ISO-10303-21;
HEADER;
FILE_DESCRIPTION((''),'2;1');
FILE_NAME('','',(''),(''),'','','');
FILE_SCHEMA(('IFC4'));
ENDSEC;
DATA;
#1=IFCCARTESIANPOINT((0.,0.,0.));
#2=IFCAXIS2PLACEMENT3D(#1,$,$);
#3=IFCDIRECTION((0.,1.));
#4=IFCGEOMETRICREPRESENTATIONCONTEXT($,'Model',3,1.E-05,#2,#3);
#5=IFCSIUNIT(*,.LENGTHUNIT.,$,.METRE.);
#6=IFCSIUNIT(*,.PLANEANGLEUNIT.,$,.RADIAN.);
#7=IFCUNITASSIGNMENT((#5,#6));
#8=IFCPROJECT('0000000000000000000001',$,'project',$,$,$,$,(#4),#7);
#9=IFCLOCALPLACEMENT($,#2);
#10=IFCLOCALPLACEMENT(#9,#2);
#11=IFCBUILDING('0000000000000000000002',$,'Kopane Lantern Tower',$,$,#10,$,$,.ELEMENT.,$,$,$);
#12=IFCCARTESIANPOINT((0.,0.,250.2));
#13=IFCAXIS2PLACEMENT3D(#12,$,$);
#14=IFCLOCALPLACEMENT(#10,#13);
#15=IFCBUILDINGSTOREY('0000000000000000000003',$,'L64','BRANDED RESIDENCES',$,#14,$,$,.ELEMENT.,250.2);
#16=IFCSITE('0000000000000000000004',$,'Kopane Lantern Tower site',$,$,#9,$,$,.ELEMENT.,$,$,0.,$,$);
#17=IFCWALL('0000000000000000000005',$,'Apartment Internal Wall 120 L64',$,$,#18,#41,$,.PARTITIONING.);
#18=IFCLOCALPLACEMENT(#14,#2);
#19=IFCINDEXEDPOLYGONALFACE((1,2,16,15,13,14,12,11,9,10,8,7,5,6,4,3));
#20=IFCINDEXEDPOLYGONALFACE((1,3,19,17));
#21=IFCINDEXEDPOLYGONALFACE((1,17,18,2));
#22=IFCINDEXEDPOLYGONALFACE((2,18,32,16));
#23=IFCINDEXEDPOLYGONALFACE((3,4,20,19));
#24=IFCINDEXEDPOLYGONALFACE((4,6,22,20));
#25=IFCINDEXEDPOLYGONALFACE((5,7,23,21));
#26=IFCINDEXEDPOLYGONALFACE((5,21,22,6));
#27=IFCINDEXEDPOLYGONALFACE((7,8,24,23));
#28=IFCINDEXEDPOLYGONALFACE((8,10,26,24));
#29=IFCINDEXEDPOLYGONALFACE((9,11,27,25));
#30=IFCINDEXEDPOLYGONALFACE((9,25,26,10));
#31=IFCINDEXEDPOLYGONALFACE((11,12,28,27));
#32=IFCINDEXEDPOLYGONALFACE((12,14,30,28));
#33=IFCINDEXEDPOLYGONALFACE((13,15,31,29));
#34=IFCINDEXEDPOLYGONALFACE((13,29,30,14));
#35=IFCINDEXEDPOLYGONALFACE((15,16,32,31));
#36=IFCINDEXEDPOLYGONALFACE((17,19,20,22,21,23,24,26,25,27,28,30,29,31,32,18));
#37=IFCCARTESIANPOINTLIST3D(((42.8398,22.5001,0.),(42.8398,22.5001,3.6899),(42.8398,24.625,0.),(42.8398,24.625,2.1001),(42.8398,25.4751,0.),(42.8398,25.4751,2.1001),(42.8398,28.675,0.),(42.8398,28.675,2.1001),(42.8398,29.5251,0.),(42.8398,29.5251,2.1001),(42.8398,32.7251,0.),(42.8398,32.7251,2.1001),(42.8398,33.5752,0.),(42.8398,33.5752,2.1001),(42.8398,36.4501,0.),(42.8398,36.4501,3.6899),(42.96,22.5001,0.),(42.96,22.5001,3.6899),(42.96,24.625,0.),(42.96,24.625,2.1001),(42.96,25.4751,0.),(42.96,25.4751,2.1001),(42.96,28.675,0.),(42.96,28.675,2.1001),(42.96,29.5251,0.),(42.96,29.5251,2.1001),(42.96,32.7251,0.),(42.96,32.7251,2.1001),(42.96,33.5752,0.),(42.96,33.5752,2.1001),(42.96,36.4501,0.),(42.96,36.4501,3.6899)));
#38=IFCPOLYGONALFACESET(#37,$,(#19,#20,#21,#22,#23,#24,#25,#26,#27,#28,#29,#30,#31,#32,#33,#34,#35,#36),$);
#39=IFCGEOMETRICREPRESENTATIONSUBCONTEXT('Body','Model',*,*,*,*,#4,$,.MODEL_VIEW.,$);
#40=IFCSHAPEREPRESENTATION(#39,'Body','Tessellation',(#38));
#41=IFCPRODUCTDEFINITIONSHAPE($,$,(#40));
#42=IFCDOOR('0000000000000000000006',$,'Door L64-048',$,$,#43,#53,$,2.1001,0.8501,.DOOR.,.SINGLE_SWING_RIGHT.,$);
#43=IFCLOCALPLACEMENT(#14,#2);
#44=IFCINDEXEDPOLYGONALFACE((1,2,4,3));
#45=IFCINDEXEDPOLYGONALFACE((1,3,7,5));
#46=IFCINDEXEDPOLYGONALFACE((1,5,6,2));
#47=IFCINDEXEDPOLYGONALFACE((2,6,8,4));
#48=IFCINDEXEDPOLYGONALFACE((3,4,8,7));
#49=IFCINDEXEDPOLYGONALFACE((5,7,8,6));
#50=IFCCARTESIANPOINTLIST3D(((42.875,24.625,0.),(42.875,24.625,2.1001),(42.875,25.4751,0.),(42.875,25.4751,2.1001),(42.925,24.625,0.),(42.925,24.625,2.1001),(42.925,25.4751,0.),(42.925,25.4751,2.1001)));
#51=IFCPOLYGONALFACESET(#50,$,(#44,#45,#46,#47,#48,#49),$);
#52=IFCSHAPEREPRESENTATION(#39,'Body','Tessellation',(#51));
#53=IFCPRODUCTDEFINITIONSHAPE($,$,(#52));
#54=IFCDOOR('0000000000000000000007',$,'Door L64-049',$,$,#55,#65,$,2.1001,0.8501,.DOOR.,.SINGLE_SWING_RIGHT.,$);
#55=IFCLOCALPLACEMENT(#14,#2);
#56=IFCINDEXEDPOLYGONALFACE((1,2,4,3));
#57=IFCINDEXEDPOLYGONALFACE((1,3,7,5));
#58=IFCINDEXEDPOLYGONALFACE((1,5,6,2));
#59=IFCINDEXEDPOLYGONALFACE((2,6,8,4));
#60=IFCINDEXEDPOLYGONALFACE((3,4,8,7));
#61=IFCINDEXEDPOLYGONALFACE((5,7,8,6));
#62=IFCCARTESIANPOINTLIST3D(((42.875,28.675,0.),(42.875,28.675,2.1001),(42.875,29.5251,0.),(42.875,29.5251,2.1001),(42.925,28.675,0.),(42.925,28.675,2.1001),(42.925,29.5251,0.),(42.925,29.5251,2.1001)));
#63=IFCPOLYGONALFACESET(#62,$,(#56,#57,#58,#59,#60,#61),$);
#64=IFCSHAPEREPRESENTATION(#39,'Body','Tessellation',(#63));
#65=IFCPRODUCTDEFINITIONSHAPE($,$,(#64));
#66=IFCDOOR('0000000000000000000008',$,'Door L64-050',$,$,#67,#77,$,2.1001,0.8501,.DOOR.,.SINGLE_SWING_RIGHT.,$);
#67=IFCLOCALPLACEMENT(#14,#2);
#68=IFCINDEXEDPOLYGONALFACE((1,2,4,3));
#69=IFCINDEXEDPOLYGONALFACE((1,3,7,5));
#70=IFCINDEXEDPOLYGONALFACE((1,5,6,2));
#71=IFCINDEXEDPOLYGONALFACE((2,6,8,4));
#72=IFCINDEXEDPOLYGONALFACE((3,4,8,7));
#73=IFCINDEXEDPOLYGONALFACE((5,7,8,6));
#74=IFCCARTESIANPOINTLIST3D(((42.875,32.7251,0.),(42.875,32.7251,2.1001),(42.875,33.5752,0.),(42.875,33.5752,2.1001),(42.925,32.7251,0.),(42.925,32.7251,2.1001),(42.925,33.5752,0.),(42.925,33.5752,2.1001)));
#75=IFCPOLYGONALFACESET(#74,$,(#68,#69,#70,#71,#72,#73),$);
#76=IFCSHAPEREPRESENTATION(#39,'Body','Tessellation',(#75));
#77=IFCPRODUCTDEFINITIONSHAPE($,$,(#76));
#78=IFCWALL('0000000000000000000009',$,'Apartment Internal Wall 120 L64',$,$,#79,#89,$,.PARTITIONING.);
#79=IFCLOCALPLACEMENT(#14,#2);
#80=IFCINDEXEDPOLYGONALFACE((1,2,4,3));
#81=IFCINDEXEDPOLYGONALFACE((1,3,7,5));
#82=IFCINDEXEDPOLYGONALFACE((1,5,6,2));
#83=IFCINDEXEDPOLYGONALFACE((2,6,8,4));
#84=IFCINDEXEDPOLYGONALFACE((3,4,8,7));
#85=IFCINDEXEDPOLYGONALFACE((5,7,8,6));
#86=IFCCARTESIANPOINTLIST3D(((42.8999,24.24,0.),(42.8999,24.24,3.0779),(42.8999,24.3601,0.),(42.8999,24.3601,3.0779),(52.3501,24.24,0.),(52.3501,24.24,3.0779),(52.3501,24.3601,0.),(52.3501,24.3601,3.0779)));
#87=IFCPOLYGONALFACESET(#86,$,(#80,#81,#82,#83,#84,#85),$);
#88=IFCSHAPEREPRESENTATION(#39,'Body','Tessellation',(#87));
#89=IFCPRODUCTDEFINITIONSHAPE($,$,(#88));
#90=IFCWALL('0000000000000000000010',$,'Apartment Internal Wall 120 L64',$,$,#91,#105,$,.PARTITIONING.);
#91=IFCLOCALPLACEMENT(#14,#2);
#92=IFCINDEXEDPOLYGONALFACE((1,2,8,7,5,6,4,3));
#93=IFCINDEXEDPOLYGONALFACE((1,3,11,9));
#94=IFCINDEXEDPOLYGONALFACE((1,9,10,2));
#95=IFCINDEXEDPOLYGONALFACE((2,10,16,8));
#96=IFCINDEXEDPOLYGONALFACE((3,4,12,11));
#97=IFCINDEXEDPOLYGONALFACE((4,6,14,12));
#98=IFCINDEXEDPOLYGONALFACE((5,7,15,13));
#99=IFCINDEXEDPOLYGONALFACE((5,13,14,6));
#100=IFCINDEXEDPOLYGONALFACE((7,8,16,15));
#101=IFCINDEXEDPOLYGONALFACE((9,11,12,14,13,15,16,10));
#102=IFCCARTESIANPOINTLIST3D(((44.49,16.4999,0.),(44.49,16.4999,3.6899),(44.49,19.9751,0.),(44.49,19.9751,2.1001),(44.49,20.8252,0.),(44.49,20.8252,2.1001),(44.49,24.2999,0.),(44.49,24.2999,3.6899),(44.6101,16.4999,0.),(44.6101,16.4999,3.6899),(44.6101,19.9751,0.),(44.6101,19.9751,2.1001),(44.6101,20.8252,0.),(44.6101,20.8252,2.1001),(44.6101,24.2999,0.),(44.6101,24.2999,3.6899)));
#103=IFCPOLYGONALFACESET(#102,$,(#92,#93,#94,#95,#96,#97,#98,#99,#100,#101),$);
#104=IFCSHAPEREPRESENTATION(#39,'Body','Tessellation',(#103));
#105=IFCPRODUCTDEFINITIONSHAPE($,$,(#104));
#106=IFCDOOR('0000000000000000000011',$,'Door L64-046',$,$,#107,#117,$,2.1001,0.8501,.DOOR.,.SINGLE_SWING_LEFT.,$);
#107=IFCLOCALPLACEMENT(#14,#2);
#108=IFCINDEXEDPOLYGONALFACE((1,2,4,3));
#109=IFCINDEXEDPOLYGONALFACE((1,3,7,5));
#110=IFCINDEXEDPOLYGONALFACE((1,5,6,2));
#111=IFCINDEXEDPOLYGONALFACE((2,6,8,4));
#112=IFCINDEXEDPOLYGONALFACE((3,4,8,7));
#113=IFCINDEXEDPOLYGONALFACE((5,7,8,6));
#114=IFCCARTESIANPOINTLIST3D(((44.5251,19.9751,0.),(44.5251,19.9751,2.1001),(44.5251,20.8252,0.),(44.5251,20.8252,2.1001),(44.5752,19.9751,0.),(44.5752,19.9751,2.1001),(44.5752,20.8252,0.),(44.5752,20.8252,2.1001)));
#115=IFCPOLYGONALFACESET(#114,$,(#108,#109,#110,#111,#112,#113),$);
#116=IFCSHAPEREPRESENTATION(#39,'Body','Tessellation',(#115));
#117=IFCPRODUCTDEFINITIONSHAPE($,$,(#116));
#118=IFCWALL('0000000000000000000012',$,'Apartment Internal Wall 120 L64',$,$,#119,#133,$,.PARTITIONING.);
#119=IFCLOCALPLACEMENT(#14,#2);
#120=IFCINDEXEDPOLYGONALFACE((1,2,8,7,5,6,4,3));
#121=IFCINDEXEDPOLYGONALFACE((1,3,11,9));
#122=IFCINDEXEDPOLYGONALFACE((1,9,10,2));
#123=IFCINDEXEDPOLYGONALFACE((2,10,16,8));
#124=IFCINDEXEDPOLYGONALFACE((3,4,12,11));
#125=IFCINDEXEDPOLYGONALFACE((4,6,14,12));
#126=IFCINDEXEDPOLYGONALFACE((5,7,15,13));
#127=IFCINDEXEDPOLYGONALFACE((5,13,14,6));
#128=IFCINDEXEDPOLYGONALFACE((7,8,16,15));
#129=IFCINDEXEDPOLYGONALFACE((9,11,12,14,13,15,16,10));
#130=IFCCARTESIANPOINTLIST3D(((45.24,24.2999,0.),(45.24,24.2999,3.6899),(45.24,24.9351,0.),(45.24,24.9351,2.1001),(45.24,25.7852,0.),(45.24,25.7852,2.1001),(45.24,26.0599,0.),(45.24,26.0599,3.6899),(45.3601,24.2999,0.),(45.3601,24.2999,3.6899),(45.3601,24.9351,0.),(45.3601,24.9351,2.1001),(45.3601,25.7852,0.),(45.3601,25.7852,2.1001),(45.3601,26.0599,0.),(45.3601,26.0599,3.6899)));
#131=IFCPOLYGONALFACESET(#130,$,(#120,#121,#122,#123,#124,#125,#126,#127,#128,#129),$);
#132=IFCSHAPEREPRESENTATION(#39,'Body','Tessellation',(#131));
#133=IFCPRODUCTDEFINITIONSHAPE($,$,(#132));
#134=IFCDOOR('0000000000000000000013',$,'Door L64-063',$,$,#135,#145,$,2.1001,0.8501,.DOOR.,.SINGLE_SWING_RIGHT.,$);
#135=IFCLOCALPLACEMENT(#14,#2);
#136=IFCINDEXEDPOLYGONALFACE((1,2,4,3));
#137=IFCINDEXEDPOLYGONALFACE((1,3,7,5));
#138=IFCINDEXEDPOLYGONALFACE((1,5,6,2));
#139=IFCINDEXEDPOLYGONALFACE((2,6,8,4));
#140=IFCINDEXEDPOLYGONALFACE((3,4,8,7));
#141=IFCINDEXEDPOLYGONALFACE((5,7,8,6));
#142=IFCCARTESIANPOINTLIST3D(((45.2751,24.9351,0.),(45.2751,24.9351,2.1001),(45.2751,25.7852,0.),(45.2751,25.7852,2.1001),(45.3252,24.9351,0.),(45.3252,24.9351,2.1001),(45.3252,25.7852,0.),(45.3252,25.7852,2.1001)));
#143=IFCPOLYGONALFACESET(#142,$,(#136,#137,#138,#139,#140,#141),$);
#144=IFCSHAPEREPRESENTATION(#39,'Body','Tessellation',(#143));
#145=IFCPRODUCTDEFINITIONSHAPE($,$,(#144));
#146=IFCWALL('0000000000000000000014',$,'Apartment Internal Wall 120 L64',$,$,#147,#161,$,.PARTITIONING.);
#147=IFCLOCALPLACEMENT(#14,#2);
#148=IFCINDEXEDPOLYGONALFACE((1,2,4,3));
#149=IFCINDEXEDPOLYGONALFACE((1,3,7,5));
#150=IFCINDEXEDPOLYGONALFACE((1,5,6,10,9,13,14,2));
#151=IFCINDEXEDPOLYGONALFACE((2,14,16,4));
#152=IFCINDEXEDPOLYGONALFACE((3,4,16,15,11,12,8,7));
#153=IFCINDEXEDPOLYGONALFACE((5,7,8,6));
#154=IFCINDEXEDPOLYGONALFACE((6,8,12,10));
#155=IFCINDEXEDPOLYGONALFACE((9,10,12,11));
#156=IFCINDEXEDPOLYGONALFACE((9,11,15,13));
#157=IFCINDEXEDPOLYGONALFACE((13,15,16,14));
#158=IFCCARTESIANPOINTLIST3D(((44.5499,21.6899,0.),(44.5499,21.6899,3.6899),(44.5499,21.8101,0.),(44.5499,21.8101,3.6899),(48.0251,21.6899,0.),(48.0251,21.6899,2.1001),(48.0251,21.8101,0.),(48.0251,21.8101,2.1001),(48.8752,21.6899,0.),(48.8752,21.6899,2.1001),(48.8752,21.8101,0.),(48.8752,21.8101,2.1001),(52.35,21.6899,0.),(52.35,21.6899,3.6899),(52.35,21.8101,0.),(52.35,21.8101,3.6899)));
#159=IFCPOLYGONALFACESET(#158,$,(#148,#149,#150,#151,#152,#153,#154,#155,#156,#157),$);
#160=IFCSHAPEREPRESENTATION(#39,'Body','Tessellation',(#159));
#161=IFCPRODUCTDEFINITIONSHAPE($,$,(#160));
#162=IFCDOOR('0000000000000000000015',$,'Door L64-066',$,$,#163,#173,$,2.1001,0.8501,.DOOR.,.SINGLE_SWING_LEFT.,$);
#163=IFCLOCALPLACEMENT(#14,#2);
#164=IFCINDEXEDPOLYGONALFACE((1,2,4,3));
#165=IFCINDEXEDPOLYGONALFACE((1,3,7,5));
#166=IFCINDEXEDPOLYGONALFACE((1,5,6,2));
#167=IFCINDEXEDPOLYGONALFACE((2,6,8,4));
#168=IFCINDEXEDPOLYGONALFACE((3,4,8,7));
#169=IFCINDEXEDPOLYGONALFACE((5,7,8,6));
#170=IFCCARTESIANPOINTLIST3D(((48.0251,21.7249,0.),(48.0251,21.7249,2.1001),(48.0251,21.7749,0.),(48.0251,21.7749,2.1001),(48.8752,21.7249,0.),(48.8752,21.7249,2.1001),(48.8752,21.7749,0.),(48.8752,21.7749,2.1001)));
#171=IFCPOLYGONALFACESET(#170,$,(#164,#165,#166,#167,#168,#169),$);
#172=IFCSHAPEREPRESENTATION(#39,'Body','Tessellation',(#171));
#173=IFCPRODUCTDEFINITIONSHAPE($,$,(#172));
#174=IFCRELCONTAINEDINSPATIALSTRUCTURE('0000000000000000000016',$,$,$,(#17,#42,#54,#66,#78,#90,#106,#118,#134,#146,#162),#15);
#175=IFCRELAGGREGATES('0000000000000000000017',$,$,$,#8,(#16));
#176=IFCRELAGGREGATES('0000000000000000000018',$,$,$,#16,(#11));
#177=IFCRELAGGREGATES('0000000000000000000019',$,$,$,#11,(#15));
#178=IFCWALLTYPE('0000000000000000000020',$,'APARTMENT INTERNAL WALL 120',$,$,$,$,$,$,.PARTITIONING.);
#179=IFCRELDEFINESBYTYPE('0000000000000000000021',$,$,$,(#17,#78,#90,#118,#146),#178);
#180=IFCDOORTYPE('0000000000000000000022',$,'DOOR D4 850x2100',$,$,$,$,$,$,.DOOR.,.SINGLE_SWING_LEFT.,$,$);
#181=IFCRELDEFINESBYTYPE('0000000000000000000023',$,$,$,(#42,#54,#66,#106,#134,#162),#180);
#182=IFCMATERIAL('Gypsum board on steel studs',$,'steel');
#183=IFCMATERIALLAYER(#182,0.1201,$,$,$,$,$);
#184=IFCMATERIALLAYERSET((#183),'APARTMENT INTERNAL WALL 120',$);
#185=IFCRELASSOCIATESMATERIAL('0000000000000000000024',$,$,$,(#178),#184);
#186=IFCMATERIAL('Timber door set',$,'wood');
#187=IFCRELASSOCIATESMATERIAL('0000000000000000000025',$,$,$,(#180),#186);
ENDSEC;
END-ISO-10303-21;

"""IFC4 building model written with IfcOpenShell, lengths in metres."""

from ifc_helpers import new_model, si_unit, direction, frame, frame_2d, origin, place, context, subcontext, project, spatial, rectangle, extrude, material, layer, layer_set, type_object, element, fill, save


model = new_model("IFC4")

# Units and contexts
model_context = context("Model", 3, precision=1e-05, world=origin(), true_north=direction((0.0, 1.0)))
body_context = subcontext(model_context, "Body", "Model", "MODEL_VIEW")
ifc_project = project(units=[si_unit("LENGTHUNIT", "METRE"), si_unit("PLANEANGLEUNIT", "RADIAN")], contexts=[model_context])

# Site, building, storey
site_placement = place(None, origin())
site = spatial("IfcSite", under=ifc_project, at=site_placement, Name="Kopane Lantern Tower site", CompositionType="ELEMENT", RefElevation=0.0)
building_placement = place(site_placement, origin())
building = spatial("IfcBuilding", under=site, at=building_placement, Name="Kopane Lantern Tower", CompositionType="ELEMENT")
storey_placement = place(building_placement, frame((0.0, 0.0, 250.2)))
storey = spatial("IfcBuildingStorey", under=building, at=storey_placement, Name="L64", Description="BRANDED RESIDENCES", CompositionType="ELEMENT", Elevation=250.2)

# Wall, openings, doors
ifc_material_1 = material(Name="Gypsum board on steel studs", Category="steel")
ifc_layer = layer(ifc_material_1, 0.1201)
ifc_layer_set = layer_set([ifc_layer], Name="APARTMENT INTERNAL WALL 120")
wall_type = type_object("IfcWallType", Name="APARTMENT INTERNAL WALL 120", PredefinedType="PARTITIONING", material=ifc_layer_set)
wall_1_placement = place(storey_placement, frame((42.8999, 22.5, 0.0), z_axis=(0.0, 0.0, 1.0), x_axis=(0.0, 1.0, 0.0)))
wall_1 = element("IfcWall", 1, at=wall_1_placement, inside=storey, type_object=wall_type, Name="Apartment Internal Wall 120 L64", PredefinedType="PARTITIONING", context=body_context, shape_type="SweptSolid", body=[
    extrude(rectangle(XDim=13.95, YDim=0.1201, at=frame_2d((6.9751, 0.0))), origin(), (0.0, 0.0, 1.0), 3.6899),
])
opening_1_placement = place(wall_1_placement, frame((2.125, 0.0, 0.0)))
opening_1 = element("IfcOpeningElement", 2, at=opening_1_placement, cuts=wall_1, PredefinedType="OPENING", context=body_context, shape_type="SweptSolid", body=[
    extrude(rectangle(XDim=0.8501, YDim=2.1001, at=frame_2d((0.425, 1.05))), frame((0.0, 0.0701, 0.0), z_axis=(0.0, -1.0, 0.0), x_axis=(1.0, 0.0, 0.0)), (0.0, 0.0, 1.0), 0.1401),
])
opening_2_placement = place(wall_1_placement, frame((6.175, 0.0, 0.0)))
opening_2 = element("IfcOpeningElement", 3, at=opening_2_placement, cuts=wall_1, PredefinedType="OPENING", context=body_context, shape_type="SweptSolid", body=[
    extrude(rectangle(XDim=0.8501, YDim=2.1001, at=frame_2d((0.425, 1.05))), frame((0.0, 0.0701, 0.0), z_axis=(0.0, -1.0, 0.0), x_axis=(1.0, 0.0, 0.0)), (0.0, 0.0, 1.0), 0.1401),
])
opening_3_placement = place(wall_1_placement, frame((10.2251, 0.0, 0.0)))
opening_3 = element("IfcOpeningElement", 4, at=opening_3_placement, cuts=wall_1, PredefinedType="OPENING", context=body_context, shape_type="SweptSolid", body=[
    extrude(rectangle(XDim=0.8501, YDim=2.1001, at=frame_2d((0.425, 1.05))), frame((0.0, 0.0701, 0.0), z_axis=(0.0, -1.0, 0.0), x_axis=(1.0, 0.0, 0.0)), (0.0, 0.0, 1.0), 0.1401),
])
ifc_material_2 = material(Name="Timber door set", Category="wood")
door_type = type_object("IfcDoorType", Name="DOOR D4 850x2100", OperationType="SINGLE_SWING_LEFT", PredefinedType="DOOR", material=ifc_material_2)
door_1_placement = place(opening_1_placement, origin())
door_1 = element("IfcDoor", 5, at=door_1_placement, inside=storey, type_object=door_type, Name="Door L64-048", OperationType="SINGLE_SWING_RIGHT", OverallHeight=2.1001, OverallWidth=0.8501, PredefinedType="DOOR", context=body_context, shape_type="SweptSolid", body=[
    extrude(rectangle(XDim=0.8501, YDim=2.1001, at=frame_2d((0.425, 1.05))), frame((0.0, 0.0249, 0.0), z_axis=(0.0, -1.0, 0.0), x_axis=(1.0, 0.0, 0.0)), (0.0, 0.0, 1.0), 0.05),
])
fill(opening_1, door_1)
door_2_placement = place(opening_2_placement, origin())
door_2 = element("IfcDoor", 6, at=door_2_placement, inside=storey, type_object=door_type, Name="Door L64-049", OperationType="SINGLE_SWING_RIGHT", OverallHeight=2.1001, OverallWidth=0.8501, PredefinedType="DOOR", context=body_context, shape_type="SweptSolid", body=[
    extrude(rectangle(XDim=0.8501, YDim=2.1001, at=frame_2d((0.425, 1.05))), frame((0.0, 0.0249, 0.0), z_axis=(0.0, -1.0, 0.0), x_axis=(1.0, 0.0, 0.0)), (0.0, 0.0, 1.0), 0.05),
])
fill(opening_2, door_2)
door_3_placement = place(opening_3_placement, origin())
door_3 = element("IfcDoor", 7, at=door_3_placement, inside=storey, type_object=door_type, Name="Door L64-050", OperationType="SINGLE_SWING_RIGHT", OverallHeight=2.1001, OverallWidth=0.8501, PredefinedType="DOOR", context=body_context, shape_type="SweptSolid", body=[
    extrude(rectangle(XDim=0.8501, YDim=2.1001, at=frame_2d((0.425, 1.05))), frame((0.0, 0.0249, 0.0), z_axis=(0.0, -1.0, 0.0), x_axis=(1.0, 0.0, 0.0)), (0.0, 0.0, 1.0), 0.05),
])
fill(opening_3, door_3)

# Wall
wall_2_placement = place(storey_placement, frame((42.8999, 24.3, 0.0), z_axis=(0.0, 0.0, 1.0), x_axis=(1.0, 0.0, 0.0)))
element("IfcWall", 8, at=wall_2_placement, inside=storey, type_object=wall_type, Name="Apartment Internal Wall 120 L64", PredefinedType="PARTITIONING", context=body_context, shape_type="SweptSolid", body=[
    extrude(rectangle(XDim=9.4502, YDim=0.1201, at=frame_2d((4.7251, 0.0))), origin(), (0.0, 0.0, 1.0), 3.0779),
])

# Walls, openings, doors
wall_3_placement = place(storey_placement, frame((44.55, 16.5, 0.0), z_axis=(0.0, 0.0, 1.0), x_axis=(0.0, 1.0, 0.0)))
wall_3 = element("IfcWall", 9, at=wall_3_placement, inside=storey, type_object=wall_type, Name="Apartment Internal Wall 120 L64", PredefinedType="PARTITIONING", context=body_context, shape_type="SweptSolid", body=[
    extrude(rectangle(XDim=7.8, YDim=0.1201, at=frame_2d((3.8999, 0.0))), origin(), (0.0, 0.0, 1.0), 3.6899),
])
opening_4_placement = place(wall_3_placement, frame((3.4751, 0.0, 0.0)))
opening_4 = element("IfcOpeningElement", 10, at=opening_4_placement, cuts=wall_3, PredefinedType="OPENING", context=body_context, shape_type="SweptSolid", body=[
    extrude(rectangle(XDim=0.8501, YDim=2.1001, at=frame_2d((0.425, 1.05))), frame((0.0, 0.0701, 0.0), z_axis=(0.0, -1.0, 0.0), x_axis=(1.0, 0.0, 0.0)), (0.0, 0.0, 1.0), 0.1401),
])
door_4_placement = place(opening_4_placement, origin())
door_4 = element("IfcDoor", 11, at=door_4_placement, inside=storey, type_object=door_type, Name="Door L64-046", OperationType="SINGLE_SWING_LEFT", OverallHeight=2.1001, OverallWidth=0.8501, PredefinedType="DOOR", context=body_context, shape_type="SweptSolid", body=[
    extrude(rectangle(XDim=0.8501, YDim=2.1001, at=frame_2d((0.425, 1.05))), frame((0.0, 0.0249, 0.0), z_axis=(0.0, -1.0, 0.0), x_axis=(1.0, 0.0, 0.0)), (0.0, 0.0, 1.0), 0.05),
])
fill(opening_4, door_4)
wall_4_placement = place(storey_placement, frame((45.3, 24.3, 0.0), z_axis=(0.0, 0.0, 1.0), x_axis=(0.0, 1.0, 0.0)))
wall_4 = element("IfcWall", 12, at=wall_4_placement, inside=storey, type_object=wall_type, Name="Apartment Internal Wall 120 L64", PredefinedType="PARTITIONING", context=body_context, shape_type="SweptSolid", body=[
    extrude(rectangle(XDim=1.76, YDim=0.1201, at=frame_2d((0.8799, 0.0))), origin(), (0.0, 0.0, 1.0), 3.6899),
])
opening_5_placement = place(wall_4_placement, frame((0.635, 0.0, 0.0)))
opening_5 = element("IfcOpeningElement", 13, at=opening_5_placement, cuts=wall_4, PredefinedType="OPENING", context=body_context, shape_type="SweptSolid", body=[
    extrude(rectangle(XDim=0.8501, YDim=2.1001, at=frame_2d((0.425, 1.05))), frame((0.0, 0.0701, 0.0), z_axis=(0.0, -1.0, 0.0), x_axis=(1.0, 0.0, 0.0)), (0.0, 0.0, 1.0), 0.1401),
])
door_5_placement = place(opening_5_placement, origin())
door_5 = element("IfcDoor", 14, at=door_5_placement, inside=storey, type_object=door_type, Name="Door L64-063", OperationType="SINGLE_SWING_RIGHT", OverallHeight=2.1001, OverallWidth=0.8501, PredefinedType="DOOR", context=body_context, shape_type="SweptSolid", body=[
    extrude(rectangle(XDim=0.8501, YDim=2.1001, at=frame_2d((0.425, 1.05))), frame((0.0, 0.0249, 0.0), z_axis=(0.0, -1.0, 0.0), x_axis=(1.0, 0.0, 0.0)), (0.0, 0.0, 1.0), 0.05),
])
fill(opening_5, door_5)
wall_5_placement = place(storey_placement, frame((44.55, 21.75, 0.0), z_axis=(0.0, 0.0, 1.0), x_axis=(1.0, 0.0, 0.0)))
wall_5 = element("IfcWall", 15, at=wall_5_placement, inside=storey, type_object=wall_type, Name="Apartment Internal Wall 120 L64", PredefinedType="PARTITIONING", context=body_context, shape_type="SweptSolid", body=[
    extrude(rectangle(XDim=7.8, YDim=0.1201, at=frame_2d((3.8999, 0.0))), origin(), (0.0, 0.0, 1.0), 3.6899),
])
opening_6_placement = place(wall_5_placement, frame((3.4751, 0.0, 0.0)))
opening_6 = element("IfcOpeningElement", 16, at=opening_6_placement, cuts=wall_5, PredefinedType="OPENING", context=body_context, shape_type="SweptSolid", body=[
    extrude(rectangle(XDim=0.8501, YDim=2.1001, at=frame_2d((0.425, 1.05))), frame((0.0, 0.0701, 0.0), z_axis=(0.0, -1.0, 0.0), x_axis=(1.0, 0.0, 0.0)), (0.0, 0.0, 1.0), 0.1401),
])
door_6_placement = place(opening_6_placement, origin())
door_6 = element("IfcDoor", 17, at=door_6_placement, inside=storey, type_object=door_type, Name="Door L64-066", OperationType="SINGLE_SWING_LEFT", OverallHeight=2.1001, OverallWidth=0.8501, PredefinedType="DOOR", context=body_context, shape_type="SweptSolid", body=[
    extrude(rectangle(XDim=0.8501, YDim=2.1001, at=frame_2d((0.425, 1.05))), frame((0.0, 0.0249, 0.0), z_axis=(0.0, -1.0, 0.0), x_axis=(1.0, 0.0, 0.0)), (0.0, 0.0, 1.0), 0.05),
])
fill(opening_6, door_6)

save(model, "model.ifc")
